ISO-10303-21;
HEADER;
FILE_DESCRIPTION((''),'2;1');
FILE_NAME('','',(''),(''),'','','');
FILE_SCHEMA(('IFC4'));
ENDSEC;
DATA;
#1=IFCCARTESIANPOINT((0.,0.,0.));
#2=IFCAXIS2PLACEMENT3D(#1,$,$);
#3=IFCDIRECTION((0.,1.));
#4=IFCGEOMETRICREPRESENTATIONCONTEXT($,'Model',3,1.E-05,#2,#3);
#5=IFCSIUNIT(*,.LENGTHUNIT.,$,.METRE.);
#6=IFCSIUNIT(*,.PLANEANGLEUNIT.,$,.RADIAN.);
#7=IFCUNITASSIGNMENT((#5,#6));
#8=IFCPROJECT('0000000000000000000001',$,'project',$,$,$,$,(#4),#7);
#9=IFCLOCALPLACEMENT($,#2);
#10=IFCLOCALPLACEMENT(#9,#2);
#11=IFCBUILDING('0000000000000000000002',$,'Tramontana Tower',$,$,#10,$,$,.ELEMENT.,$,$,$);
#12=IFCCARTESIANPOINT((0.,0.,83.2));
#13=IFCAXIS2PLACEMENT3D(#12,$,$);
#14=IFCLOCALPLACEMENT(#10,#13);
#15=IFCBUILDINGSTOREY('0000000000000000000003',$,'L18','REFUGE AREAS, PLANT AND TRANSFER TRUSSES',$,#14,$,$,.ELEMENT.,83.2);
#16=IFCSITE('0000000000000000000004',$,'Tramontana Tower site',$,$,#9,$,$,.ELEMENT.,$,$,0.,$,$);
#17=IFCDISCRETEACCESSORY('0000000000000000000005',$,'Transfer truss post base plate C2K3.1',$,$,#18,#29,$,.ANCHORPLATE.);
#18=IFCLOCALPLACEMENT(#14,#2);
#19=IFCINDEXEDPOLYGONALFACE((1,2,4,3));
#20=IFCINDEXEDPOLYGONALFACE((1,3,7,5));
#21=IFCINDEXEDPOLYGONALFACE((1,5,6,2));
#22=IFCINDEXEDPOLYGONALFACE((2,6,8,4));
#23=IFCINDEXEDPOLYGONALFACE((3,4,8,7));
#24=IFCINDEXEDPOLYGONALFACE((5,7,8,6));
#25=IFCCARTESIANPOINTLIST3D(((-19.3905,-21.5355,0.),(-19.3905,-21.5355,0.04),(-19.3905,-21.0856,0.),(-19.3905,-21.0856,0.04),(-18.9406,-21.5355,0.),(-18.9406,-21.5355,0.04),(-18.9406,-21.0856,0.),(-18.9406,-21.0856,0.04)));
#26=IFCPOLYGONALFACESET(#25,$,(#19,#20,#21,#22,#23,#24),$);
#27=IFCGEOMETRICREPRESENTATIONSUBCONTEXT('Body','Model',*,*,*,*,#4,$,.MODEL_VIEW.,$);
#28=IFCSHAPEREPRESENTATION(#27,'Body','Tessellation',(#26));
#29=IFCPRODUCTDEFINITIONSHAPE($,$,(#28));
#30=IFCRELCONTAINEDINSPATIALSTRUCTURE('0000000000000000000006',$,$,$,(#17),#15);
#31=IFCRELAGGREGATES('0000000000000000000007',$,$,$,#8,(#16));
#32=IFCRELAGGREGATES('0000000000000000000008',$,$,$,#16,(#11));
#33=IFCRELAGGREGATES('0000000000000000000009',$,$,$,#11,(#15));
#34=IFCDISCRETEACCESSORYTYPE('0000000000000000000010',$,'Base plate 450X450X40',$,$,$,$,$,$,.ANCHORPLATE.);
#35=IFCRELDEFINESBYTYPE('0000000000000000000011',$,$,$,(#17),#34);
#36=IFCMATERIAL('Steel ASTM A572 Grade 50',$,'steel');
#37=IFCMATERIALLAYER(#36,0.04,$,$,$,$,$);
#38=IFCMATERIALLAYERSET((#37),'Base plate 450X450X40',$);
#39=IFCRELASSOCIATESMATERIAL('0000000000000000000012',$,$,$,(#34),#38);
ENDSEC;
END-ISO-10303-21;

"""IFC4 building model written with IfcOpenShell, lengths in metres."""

from ifc_helpers import new_model, si_unit, direction, frame, origin, origin_2d, place, context, subcontext, project, spatial, rectangle, extrude, material, layer, layer_set, type_object, element, save


model = new_model("IFC4")

# Units and contexts
model_context = context("Model", 3, precision=1e-05, world=origin(), true_north=direction((0.0, 1.0)))
body_context = subcontext(model_context, "Body", "Model", "MODEL_VIEW")
ifc_project = project(units=[si_unit("LENGTHUNIT", "METRE"), si_unit("PLANEANGLEUNIT", "RADIAN")], contexts=[model_context])

# Site, building, storey
site_placement = place(None, origin())
site = spatial("IfcSite", under=ifc_project, at=site_placement, Name="Tramontana Tower site", CompositionType="ELEMENT", RefElevation=0.0)
building_placement = place(site_placement, origin())
building = spatial("IfcBuilding", under=site, at=building_placement, Name="Tramontana Tower", CompositionType="ELEMENT")
storey_placement = place(building_placement, frame((0.0, 0.0, 83.2)))
storey = spatial("IfcBuildingStorey", under=building, at=storey_placement, Name="L18", Description="REFUGE AREAS, PLANT AND TRANSFER TRUSSES", CompositionType="ELEMENT", Elevation=83.2)

# Discrete accessory
ifc_material_1 = material(Name="Steel ASTM A572 Grade 50", Category="steel")
ifc_layer = layer(ifc_material_1, 0.04)
ifc_layer_set = layer_set([ifc_layer], Name="Base plate 450X450X40")
discrete_accessory_type = type_object("IfcDiscreteAccessoryType", Name="Base plate 450X450X40", PredefinedType="ANCHORPLATE", material=ifc_layer_set)
discrete_accessory_placement = place(storey_placement, frame((-19.1655, -21.3105, 0.0), z_axis=(0.0, 0.0, 1.0), x_axis=(1.0, 0.0, 0.0)))
element("IfcDiscreteAccessory", 1, at=discrete_accessory_placement, inside=storey, type_object=discrete_accessory_type, Name="Transfer truss post base plate C2K3.1", PredefinedType="ANCHORPLATE", context=body_context, shape_type="SweptSolid", body=[
    extrude(rectangle(XDim=0.45, YDim=0.45, at=origin_2d()), origin(), (0.0, 0.0, 1.0), 0.04),
])

save(model, "model.ifc")
